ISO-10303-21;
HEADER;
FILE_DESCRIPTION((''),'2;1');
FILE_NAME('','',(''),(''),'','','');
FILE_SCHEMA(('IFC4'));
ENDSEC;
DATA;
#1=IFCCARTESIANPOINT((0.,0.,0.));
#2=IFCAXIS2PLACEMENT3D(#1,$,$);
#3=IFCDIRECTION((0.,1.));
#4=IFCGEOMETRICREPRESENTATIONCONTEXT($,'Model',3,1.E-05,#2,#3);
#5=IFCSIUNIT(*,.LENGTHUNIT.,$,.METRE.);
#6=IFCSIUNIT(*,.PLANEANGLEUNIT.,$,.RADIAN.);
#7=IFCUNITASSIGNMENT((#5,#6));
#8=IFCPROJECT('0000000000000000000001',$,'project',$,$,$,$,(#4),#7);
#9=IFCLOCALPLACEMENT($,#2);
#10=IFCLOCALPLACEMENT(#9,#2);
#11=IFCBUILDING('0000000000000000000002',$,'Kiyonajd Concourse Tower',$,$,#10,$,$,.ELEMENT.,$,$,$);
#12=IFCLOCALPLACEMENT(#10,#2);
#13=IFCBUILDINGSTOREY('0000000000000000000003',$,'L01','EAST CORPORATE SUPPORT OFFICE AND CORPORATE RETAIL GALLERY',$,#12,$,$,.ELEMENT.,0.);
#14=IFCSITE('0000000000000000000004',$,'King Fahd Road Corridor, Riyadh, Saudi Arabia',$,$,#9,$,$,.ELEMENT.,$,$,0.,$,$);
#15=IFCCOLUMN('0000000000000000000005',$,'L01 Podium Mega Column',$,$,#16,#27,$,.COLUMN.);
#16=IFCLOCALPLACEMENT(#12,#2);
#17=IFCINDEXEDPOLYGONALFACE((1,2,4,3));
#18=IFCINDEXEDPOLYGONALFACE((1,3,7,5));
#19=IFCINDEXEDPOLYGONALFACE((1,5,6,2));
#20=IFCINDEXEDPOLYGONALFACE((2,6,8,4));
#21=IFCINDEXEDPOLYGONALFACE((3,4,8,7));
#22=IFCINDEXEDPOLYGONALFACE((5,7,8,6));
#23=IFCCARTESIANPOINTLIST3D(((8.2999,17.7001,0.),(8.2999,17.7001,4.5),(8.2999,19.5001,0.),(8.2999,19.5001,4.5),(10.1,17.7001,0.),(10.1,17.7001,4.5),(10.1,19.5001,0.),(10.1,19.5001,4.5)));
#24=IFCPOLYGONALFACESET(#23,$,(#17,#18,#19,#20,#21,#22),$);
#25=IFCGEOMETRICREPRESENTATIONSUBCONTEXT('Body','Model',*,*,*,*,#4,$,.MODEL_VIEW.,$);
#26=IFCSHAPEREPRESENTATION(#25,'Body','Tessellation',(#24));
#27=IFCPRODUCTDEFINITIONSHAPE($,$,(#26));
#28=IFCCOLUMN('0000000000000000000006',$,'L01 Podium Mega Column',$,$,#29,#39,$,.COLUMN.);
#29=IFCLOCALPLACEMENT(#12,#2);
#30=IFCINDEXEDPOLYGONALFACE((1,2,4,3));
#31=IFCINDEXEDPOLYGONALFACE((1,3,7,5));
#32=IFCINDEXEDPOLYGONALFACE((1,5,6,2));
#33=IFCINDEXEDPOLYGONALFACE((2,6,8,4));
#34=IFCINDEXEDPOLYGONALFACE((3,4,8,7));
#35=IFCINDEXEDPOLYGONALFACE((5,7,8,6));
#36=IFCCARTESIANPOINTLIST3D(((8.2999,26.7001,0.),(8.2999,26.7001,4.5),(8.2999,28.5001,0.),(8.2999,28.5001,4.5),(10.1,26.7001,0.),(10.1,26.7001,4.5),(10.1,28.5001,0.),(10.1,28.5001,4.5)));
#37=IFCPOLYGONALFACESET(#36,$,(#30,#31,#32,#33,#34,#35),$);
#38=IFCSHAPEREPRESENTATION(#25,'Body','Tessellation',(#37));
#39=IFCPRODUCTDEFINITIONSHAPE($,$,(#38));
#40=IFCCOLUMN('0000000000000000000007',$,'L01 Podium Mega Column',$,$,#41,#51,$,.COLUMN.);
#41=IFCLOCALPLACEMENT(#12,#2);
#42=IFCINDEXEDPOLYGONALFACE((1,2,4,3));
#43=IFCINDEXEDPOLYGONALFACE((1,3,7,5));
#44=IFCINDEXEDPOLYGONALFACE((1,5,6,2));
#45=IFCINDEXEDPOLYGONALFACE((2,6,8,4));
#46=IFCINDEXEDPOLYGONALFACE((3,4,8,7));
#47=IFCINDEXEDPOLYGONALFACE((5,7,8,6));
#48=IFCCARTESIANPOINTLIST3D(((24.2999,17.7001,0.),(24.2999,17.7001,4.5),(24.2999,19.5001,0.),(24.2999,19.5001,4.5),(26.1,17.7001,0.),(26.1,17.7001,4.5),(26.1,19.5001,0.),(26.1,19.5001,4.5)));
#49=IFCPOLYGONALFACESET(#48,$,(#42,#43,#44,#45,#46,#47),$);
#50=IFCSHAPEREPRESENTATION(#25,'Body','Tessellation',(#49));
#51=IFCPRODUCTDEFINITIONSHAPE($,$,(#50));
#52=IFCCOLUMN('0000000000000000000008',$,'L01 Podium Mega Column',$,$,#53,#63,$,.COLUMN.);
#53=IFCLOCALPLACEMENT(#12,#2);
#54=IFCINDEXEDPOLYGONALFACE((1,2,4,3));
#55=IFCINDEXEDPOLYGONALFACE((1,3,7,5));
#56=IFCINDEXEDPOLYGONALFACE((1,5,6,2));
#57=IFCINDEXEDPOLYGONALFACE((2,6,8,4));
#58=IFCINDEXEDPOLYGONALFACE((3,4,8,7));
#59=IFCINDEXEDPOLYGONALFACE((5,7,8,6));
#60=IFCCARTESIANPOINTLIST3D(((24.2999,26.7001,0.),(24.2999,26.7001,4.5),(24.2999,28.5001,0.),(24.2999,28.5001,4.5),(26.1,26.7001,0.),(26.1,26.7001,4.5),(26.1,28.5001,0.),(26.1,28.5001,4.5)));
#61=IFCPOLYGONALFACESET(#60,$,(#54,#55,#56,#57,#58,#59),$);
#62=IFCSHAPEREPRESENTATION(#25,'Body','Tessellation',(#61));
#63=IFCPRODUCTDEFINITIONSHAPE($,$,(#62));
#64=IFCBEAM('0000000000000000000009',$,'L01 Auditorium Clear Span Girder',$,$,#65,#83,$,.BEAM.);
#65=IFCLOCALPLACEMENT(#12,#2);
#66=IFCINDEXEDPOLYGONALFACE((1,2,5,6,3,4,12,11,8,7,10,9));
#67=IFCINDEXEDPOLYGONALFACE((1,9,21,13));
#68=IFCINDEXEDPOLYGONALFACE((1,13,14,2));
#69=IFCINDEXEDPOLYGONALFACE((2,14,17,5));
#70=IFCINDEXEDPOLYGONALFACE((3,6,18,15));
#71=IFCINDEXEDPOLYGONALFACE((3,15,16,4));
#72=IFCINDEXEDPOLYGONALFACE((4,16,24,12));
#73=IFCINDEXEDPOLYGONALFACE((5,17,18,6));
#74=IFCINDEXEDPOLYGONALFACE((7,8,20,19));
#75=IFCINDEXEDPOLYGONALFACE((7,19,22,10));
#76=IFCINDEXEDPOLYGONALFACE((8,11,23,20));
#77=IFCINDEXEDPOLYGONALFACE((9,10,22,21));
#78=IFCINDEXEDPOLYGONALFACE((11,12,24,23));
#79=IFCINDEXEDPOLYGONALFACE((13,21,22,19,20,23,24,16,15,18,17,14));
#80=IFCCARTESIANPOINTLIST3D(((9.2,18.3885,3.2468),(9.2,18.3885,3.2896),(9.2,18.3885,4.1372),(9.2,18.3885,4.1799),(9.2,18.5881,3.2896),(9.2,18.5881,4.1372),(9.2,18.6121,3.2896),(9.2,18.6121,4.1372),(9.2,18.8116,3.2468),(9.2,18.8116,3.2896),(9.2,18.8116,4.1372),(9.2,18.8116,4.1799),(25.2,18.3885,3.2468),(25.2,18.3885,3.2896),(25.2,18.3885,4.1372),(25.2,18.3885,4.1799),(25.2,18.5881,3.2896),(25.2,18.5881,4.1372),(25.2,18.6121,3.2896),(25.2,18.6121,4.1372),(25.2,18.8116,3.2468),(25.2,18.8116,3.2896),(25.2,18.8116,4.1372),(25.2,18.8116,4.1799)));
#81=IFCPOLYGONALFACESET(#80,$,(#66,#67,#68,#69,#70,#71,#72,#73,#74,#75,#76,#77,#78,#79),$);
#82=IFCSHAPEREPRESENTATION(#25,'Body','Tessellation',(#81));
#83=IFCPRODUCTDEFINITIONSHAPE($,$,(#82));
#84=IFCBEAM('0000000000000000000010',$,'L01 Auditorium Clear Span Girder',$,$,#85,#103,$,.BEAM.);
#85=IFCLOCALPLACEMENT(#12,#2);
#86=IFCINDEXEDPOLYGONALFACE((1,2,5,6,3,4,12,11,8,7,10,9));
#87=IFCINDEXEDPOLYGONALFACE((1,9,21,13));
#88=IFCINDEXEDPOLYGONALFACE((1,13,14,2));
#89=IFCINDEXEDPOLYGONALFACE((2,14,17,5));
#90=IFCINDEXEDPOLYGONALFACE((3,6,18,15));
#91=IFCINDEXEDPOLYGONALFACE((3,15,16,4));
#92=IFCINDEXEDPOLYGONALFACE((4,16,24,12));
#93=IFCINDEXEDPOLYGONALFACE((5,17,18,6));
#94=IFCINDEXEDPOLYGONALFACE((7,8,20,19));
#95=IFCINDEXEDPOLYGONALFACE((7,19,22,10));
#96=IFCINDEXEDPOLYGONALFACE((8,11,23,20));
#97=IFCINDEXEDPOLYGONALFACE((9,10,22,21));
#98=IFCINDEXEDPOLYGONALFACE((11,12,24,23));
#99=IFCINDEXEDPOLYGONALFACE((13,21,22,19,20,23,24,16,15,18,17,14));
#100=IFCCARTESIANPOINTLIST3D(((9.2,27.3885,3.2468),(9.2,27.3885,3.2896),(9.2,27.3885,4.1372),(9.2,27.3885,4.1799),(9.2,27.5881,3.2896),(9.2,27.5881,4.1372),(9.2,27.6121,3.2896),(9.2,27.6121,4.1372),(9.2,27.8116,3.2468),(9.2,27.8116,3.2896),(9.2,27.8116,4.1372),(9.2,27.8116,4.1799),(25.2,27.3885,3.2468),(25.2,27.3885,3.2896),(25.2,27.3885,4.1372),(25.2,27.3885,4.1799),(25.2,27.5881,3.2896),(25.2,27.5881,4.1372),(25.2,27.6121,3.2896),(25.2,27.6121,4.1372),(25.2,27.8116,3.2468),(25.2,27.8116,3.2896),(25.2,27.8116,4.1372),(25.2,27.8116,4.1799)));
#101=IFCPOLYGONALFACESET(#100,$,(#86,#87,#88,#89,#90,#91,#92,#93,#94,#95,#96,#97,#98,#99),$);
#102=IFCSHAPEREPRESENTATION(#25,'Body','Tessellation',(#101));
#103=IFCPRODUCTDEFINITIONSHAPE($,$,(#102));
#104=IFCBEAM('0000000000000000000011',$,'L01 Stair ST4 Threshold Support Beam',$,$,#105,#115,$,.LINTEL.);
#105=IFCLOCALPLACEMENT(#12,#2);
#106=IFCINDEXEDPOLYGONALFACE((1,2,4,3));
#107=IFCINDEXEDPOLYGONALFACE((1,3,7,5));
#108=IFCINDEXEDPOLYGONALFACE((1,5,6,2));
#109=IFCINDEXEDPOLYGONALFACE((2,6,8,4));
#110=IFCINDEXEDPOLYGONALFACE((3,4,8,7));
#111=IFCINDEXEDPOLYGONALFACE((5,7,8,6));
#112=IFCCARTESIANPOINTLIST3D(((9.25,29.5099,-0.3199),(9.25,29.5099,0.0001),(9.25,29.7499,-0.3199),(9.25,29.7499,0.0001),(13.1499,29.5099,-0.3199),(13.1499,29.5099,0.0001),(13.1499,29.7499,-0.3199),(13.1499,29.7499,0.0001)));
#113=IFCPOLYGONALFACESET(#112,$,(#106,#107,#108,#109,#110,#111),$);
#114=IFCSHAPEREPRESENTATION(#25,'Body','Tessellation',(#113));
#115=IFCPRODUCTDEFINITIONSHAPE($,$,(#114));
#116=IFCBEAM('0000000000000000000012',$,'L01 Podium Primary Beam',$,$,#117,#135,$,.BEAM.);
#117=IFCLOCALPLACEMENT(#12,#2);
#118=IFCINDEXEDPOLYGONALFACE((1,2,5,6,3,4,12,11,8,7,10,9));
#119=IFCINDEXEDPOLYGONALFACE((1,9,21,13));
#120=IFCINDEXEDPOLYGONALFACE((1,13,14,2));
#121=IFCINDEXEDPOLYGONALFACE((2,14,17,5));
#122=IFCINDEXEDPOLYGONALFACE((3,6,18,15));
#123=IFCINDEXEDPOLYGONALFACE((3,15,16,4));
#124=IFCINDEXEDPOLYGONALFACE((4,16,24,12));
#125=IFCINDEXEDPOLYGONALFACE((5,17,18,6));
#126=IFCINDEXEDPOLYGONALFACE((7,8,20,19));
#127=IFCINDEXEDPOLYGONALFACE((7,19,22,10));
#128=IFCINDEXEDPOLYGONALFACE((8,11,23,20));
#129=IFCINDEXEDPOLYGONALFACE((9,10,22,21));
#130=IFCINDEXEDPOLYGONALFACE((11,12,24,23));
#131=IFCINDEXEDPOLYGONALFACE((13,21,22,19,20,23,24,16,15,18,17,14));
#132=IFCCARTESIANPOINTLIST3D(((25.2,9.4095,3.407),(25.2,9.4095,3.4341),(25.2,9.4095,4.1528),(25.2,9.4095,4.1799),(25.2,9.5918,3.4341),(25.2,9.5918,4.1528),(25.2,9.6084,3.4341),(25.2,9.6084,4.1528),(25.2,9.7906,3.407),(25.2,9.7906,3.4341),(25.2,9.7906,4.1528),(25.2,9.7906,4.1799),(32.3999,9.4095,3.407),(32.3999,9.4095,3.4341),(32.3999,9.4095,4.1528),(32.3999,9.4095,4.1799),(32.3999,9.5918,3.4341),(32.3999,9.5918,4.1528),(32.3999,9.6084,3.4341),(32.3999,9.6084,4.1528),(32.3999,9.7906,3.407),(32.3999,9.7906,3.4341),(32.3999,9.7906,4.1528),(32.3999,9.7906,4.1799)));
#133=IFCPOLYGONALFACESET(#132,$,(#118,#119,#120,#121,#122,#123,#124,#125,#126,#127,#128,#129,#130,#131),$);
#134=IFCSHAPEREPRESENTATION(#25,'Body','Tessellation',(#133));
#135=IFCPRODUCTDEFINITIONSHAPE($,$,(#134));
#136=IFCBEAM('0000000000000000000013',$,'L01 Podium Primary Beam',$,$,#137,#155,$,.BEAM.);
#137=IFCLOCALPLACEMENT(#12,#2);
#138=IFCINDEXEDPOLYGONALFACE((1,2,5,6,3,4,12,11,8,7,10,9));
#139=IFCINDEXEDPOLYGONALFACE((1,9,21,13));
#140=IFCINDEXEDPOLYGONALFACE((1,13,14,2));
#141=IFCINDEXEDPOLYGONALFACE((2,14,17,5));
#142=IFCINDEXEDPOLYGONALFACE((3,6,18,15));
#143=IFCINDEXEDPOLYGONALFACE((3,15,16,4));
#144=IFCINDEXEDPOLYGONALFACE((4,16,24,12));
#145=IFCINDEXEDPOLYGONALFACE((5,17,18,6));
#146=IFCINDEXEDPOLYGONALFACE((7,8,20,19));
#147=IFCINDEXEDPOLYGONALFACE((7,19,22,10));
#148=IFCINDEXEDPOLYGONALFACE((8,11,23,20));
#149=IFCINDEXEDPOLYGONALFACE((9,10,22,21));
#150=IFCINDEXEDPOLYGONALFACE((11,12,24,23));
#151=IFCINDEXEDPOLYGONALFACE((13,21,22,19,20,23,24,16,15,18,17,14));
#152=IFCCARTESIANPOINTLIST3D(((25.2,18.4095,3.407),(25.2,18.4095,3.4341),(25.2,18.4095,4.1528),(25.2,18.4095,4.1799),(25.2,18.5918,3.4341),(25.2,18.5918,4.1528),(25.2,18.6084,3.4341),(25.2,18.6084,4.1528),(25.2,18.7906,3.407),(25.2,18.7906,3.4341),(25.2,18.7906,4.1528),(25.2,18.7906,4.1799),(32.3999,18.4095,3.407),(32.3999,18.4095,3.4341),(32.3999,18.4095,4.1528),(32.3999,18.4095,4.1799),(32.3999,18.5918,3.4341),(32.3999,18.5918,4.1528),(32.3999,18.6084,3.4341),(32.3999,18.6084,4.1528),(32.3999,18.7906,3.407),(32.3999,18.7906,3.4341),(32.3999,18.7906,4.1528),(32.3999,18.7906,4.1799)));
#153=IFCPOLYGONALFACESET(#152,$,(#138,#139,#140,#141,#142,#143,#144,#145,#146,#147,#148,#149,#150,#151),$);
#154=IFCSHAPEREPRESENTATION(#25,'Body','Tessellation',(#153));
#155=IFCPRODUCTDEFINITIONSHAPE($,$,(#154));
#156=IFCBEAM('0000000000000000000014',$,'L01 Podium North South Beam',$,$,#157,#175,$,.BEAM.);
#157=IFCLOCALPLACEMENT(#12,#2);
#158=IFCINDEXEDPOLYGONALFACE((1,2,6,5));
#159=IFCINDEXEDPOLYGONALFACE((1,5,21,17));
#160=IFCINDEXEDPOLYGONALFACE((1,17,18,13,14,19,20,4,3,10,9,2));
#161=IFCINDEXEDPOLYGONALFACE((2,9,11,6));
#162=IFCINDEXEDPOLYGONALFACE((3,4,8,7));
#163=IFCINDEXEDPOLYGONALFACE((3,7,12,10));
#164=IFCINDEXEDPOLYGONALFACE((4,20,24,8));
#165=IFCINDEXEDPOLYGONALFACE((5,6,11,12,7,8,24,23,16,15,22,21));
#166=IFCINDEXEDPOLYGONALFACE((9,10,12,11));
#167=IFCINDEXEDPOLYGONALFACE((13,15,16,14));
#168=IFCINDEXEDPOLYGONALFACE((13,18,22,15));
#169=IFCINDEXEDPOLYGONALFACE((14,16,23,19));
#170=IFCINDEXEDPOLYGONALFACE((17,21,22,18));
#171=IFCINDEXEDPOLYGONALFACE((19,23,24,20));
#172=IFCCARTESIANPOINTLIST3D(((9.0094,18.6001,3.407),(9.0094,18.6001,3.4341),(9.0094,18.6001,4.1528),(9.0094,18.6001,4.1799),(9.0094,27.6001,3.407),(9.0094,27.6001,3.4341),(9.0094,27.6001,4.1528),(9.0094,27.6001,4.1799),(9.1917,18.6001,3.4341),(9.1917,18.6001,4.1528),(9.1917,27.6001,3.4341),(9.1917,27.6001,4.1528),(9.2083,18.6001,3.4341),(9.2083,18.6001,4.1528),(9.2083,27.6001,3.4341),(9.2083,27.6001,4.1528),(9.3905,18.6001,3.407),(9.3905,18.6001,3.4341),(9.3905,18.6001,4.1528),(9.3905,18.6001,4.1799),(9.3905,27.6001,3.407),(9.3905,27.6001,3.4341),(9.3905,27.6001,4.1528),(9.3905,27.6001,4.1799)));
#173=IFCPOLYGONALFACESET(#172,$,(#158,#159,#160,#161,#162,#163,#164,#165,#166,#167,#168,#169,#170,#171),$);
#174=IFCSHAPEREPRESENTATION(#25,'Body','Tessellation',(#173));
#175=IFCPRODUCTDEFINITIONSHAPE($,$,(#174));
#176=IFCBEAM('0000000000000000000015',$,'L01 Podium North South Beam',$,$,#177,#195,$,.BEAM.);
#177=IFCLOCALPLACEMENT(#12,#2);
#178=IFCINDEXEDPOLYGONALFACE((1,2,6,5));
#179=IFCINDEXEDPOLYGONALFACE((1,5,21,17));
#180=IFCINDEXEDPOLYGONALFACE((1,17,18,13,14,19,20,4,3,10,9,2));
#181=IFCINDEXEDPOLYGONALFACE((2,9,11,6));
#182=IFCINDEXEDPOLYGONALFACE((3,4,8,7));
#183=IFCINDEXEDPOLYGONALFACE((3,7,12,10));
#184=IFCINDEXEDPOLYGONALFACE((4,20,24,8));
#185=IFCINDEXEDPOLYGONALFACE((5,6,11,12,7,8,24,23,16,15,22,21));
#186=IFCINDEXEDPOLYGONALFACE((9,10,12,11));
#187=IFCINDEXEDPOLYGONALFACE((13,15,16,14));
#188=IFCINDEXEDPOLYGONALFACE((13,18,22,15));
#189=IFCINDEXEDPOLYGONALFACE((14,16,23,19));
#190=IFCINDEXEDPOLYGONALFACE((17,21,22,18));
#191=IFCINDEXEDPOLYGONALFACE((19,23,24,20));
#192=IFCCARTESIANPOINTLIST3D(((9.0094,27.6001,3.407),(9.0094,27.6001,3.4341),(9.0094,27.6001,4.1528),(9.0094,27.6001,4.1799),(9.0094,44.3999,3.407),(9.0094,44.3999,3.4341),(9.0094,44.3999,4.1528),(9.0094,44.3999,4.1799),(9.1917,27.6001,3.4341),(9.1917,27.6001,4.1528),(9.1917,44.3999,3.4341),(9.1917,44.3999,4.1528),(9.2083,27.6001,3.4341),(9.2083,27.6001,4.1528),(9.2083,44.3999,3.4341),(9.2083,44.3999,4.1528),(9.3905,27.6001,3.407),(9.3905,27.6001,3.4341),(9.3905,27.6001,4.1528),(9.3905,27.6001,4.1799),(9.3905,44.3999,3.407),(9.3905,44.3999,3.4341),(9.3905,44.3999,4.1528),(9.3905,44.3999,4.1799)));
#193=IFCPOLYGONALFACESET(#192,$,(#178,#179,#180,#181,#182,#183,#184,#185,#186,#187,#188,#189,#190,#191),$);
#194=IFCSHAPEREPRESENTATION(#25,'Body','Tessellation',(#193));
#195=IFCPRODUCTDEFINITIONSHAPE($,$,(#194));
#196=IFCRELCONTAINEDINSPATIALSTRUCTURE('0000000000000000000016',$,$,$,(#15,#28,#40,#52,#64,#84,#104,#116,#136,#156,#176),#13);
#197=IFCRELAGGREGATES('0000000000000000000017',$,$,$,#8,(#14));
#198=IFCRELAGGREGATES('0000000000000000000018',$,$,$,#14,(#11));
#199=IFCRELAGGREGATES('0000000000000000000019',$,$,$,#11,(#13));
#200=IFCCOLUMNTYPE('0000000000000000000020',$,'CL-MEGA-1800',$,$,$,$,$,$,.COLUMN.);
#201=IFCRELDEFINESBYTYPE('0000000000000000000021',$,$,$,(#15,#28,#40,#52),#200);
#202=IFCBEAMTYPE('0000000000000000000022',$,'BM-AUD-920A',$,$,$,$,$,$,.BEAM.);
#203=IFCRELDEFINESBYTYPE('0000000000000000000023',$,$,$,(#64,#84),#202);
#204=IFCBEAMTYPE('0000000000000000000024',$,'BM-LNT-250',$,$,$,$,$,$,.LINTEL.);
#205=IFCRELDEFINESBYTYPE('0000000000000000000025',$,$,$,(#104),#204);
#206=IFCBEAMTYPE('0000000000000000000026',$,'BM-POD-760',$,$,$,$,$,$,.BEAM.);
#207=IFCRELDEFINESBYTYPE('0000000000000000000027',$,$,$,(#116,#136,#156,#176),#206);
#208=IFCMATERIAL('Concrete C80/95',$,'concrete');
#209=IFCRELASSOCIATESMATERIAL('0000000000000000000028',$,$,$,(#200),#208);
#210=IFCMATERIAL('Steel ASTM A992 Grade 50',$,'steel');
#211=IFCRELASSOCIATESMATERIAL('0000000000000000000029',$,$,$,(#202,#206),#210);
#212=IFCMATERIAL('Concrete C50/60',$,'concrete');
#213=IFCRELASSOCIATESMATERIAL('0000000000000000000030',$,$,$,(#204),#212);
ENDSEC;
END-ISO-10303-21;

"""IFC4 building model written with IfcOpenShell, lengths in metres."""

from ifc_helpers import new_model, si_unit, direction, frame, origin, origin_2d, place, context, subcontext, project, spatial, rectangle, i_section, extrude, material, material_profile, profile_set, type_object, element, save


model = new_model("IFC4")

# Units and contexts
model_context = context("Model", 3, precision=1e-05, world=origin(), true_north=direction((0.0, 1.0)))
body_context = subcontext(model_context, "Body", "Model", "MODEL_VIEW")
ifc_project = project(units=[si_unit("LENGTHUNIT", "METRE"), si_unit("PLANEANGLEUNIT", "RADIAN")], contexts=[model_context])

# Site, building, storey
site_placement = place(None, origin())
site = spatial("IfcSite", under=ifc_project, at=site_placement, Name="King Fahd Road Corridor, Riyadh, Saudi Arabia", CompositionType="ELEMENT", RefElevation=0.0)
building_placement = place(site_placement, origin())
building = spatial("IfcBuilding", under=site, at=building_placement, Name="Kiyonajd Concourse Tower", CompositionType="ELEMENT")
storey_placement = place(building_placement, origin())
storey = spatial("IfcBuildingStorey", under=building, at=storey_placement, Name="L01", Description="EAST CORPORATE SUPPORT OFFICE AND CORPORATE RETAIL GALLERY", CompositionType="ELEMENT", Elevation=0.0)

# Columns
ifc_material_1 = material(Name="Concrete C80/95", Category="concrete")
ifc_material_profile_1 = material_profile(ifc_material_1, rectangle(XDim=1.8, YDim=1.8, at=origin_2d()), Name="RC-1800x1800")
ifc_profile_set_1 = profile_set([ifc_material_profile_1], Name="Concrete C80/95")
column_type = type_object("IfcColumnType", Name="CL-MEGA-1800", PredefinedType="COLUMN", material=ifc_profile_set_1)
for number, where, z_axis, x_axis, name in (
    (1, (9.2, 18.6001, 0.0), (0.0, 0.0, 1.0), (1.0, 0.0, 0.0), "L01 Podium Mega Column"),
    (2, (9.2, 27.6001, 0.0), (0.0, 0.0, 1.0), (1.0, 0.0, 0.0), "L01 Podium Mega Column"),
    (3, (25.2, 18.6001, 0.0), (0.0, 0.0, 1.0), (1.0, 0.0, 0.0), "L01 Podium Mega Column"),
    (4, (25.2, 27.6001, 0.0), (0.0, 0.0, 1.0), (1.0, 0.0, 0.0), "L01 Podium Mega Column"),
):
    element("IfcColumn", number, at=place(storey_placement, frame(where, z_axis=z_axis, x_axis=x_axis)), inside=storey, type_object=column_type, Name=name, PredefinedType="COLUMN", context=body_context, shape_type="SweptSolid", body=[
        extrude(rectangle(XDim=1.8, YDim=1.8, at=origin_2d()), origin(), (0.0, 0.0, 1.0), 4.5),
    ])

# Beams
ifc_material_2 = material(Name="Steel ASTM A992 Grade 50", Category="steel")
ifc_material_profile_2 = material_profile(ifc_material_2, i_section(OverallWidth=0.4231, OverallDepth=0.9331, WebThickness=0.0239, FlangeThickness=0.0427, at=origin_2d()), Name="W920X446")
ifc_profile_set_2 = profile_set([ifc_material_profile_2], Name="Steel ASTM A992 Grade 50")
beam_type_1 = type_object("IfcBeamType", Name="BM-AUD-920A", PredefinedType="BEAM", material=ifc_profile_set_2)
for number, where, z_axis, x_axis, name in (
    (5, (9.2, 18.6001, 3.7134), (1.0, 0.0, 0.0), (0.0, 1.0, 0.0), "L01 Auditorium Clear Span Girder"),
    (6, (9.2, 27.6001, 3.7134), (1.0, 0.0, 0.0), (0.0, 1.0, 0.0), "L01 Auditorium Clear Span Girder"),
):
    element("IfcBeam", number, at=place(storey_placement, frame(where, z_axis=z_axis, x_axis=x_axis)), inside=storey, type_object=beam_type_1, Name=name, PredefinedType="BEAM", context=body_context, shape_type="SweptSolid", body=[
        extrude(i_section(OverallWidth=0.4231, OverallDepth=0.9331, WebThickness=0.0239, FlangeThickness=0.0427, at=origin_2d()), origin(), (0.0, 0.0, 1.0), 16.0),
    ])
ifc_material_3 = material(Name="Concrete C50/60", Category="concrete")
ifc_material_profile_3 = material_profile(ifc_material_3, rectangle(XDim=0.24, YDim=0.3201, at=origin_2d()), Name="RCBM-240x320")
ifc_profile_set_3 = profile_set([ifc_material_profile_3], Name="Concrete C50/60")
beam_type_2 = type_object("IfcBeamType", Name="BM-LNT-250", PredefinedType="LINTEL", material=ifc_profile_set_3)
beam_1_placement = place(storey_placement, frame((9.25, 29.6299, -0.1599), z_axis=(1.0, 0.0, 0.0), x_axis=(0.0, 1.0, 0.0)))
element("IfcBeam", 7, at=beam_1_placement, inside=storey, type_object=beam_type_2, Name="L01 Stair ST4 Threshold Support Beam", PredefinedType="LINTEL", context=body_context, shape_type="SweptSolid", body=[
    extrude(rectangle(XDim=0.24, YDim=0.3201, at=origin_2d()), origin(), (0.0, 0.0, 1.0), 3.8999),
])
ifc_material_profile_4 = material_profile(ifc_material_2, i_section(OverallWidth=0.3811, OverallDepth=0.7729, WebThickness=0.0166, FlangeThickness=0.0271, at=origin_2d()), Name="W760X257")
ifc_profile_set_4 = profile_set([ifc_material_profile_4], Name="Steel ASTM A992 Grade 50")
beam_type_3 = type_object("IfcBeamType", Name="BM-POD-760", PredefinedType="BEAM", material=ifc_profile_set_4)
for number, where, z_axis, x_axis, name in (
    (8, (25.2, 9.6001, 3.7935), (1.0, 0.0, 0.0), (0.0, 1.0, 0.0), "L01 Podium Primary Beam"),
    (9, (25.2, 18.6001, 3.7935), (1.0, 0.0, 0.0), (0.0, 1.0, 0.0), "L01 Podium Primary Beam"),
):
    element("IfcBeam", number, at=place(storey_placement, frame(where, z_axis=z_axis, x_axis=x_axis)), inside=storey, type_object=beam_type_3, Name=name, PredefinedType="BEAM", context=body_context, shape_type="SweptSolid", body=[
        extrude(i_section(OverallWidth=0.3811, OverallDepth=0.7729, WebThickness=0.0166, FlangeThickness=0.0271, at=origin_2d()), origin(), (0.0, 0.0, 1.0), 7.2),
    ])
beam_2_placement = place(storey_placement, frame((9.2, 18.6001, 3.7935), z_axis=(0.0, 1.0, 0.0), x_axis=(-1.0, 0.0, 0.0)))
element("IfcBeam", 10, at=beam_2_placement, inside=storey, type_object=beam_type_3, Name="L01 Podium North South Beam", PredefinedType="BEAM", context=body_context, shape_type="SweptSolid", body=[
    extrude(i_section(OverallWidth=0.3811, OverallDepth=0.7729, WebThickness=0.0166, FlangeThickness=0.0271, at=origin_2d()), origin(), (0.0, 0.0, 1.0), 9.0),
])
beam_3_placement = place(storey_placement, frame((9.2, 27.6001, 3.7935), z_axis=(0.0, 1.0, 0.0), x_axis=(-1.0, 0.0, 0.0)))
element("IfcBeam", 11, at=beam_3_placement, inside=storey, type_object=beam_type_3, Name="L01 Podium North South Beam", PredefinedType="BEAM", context=body_context, shape_type="SweptSolid", body=[
    extrude(i_section(OverallWidth=0.3811, OverallDepth=0.7729, WebThickness=0.0166, FlangeThickness=0.0271, at=origin_2d()), origin(), (0.0, 0.0, 1.0), 16.7998),
])

save(model, "model.ifc")
